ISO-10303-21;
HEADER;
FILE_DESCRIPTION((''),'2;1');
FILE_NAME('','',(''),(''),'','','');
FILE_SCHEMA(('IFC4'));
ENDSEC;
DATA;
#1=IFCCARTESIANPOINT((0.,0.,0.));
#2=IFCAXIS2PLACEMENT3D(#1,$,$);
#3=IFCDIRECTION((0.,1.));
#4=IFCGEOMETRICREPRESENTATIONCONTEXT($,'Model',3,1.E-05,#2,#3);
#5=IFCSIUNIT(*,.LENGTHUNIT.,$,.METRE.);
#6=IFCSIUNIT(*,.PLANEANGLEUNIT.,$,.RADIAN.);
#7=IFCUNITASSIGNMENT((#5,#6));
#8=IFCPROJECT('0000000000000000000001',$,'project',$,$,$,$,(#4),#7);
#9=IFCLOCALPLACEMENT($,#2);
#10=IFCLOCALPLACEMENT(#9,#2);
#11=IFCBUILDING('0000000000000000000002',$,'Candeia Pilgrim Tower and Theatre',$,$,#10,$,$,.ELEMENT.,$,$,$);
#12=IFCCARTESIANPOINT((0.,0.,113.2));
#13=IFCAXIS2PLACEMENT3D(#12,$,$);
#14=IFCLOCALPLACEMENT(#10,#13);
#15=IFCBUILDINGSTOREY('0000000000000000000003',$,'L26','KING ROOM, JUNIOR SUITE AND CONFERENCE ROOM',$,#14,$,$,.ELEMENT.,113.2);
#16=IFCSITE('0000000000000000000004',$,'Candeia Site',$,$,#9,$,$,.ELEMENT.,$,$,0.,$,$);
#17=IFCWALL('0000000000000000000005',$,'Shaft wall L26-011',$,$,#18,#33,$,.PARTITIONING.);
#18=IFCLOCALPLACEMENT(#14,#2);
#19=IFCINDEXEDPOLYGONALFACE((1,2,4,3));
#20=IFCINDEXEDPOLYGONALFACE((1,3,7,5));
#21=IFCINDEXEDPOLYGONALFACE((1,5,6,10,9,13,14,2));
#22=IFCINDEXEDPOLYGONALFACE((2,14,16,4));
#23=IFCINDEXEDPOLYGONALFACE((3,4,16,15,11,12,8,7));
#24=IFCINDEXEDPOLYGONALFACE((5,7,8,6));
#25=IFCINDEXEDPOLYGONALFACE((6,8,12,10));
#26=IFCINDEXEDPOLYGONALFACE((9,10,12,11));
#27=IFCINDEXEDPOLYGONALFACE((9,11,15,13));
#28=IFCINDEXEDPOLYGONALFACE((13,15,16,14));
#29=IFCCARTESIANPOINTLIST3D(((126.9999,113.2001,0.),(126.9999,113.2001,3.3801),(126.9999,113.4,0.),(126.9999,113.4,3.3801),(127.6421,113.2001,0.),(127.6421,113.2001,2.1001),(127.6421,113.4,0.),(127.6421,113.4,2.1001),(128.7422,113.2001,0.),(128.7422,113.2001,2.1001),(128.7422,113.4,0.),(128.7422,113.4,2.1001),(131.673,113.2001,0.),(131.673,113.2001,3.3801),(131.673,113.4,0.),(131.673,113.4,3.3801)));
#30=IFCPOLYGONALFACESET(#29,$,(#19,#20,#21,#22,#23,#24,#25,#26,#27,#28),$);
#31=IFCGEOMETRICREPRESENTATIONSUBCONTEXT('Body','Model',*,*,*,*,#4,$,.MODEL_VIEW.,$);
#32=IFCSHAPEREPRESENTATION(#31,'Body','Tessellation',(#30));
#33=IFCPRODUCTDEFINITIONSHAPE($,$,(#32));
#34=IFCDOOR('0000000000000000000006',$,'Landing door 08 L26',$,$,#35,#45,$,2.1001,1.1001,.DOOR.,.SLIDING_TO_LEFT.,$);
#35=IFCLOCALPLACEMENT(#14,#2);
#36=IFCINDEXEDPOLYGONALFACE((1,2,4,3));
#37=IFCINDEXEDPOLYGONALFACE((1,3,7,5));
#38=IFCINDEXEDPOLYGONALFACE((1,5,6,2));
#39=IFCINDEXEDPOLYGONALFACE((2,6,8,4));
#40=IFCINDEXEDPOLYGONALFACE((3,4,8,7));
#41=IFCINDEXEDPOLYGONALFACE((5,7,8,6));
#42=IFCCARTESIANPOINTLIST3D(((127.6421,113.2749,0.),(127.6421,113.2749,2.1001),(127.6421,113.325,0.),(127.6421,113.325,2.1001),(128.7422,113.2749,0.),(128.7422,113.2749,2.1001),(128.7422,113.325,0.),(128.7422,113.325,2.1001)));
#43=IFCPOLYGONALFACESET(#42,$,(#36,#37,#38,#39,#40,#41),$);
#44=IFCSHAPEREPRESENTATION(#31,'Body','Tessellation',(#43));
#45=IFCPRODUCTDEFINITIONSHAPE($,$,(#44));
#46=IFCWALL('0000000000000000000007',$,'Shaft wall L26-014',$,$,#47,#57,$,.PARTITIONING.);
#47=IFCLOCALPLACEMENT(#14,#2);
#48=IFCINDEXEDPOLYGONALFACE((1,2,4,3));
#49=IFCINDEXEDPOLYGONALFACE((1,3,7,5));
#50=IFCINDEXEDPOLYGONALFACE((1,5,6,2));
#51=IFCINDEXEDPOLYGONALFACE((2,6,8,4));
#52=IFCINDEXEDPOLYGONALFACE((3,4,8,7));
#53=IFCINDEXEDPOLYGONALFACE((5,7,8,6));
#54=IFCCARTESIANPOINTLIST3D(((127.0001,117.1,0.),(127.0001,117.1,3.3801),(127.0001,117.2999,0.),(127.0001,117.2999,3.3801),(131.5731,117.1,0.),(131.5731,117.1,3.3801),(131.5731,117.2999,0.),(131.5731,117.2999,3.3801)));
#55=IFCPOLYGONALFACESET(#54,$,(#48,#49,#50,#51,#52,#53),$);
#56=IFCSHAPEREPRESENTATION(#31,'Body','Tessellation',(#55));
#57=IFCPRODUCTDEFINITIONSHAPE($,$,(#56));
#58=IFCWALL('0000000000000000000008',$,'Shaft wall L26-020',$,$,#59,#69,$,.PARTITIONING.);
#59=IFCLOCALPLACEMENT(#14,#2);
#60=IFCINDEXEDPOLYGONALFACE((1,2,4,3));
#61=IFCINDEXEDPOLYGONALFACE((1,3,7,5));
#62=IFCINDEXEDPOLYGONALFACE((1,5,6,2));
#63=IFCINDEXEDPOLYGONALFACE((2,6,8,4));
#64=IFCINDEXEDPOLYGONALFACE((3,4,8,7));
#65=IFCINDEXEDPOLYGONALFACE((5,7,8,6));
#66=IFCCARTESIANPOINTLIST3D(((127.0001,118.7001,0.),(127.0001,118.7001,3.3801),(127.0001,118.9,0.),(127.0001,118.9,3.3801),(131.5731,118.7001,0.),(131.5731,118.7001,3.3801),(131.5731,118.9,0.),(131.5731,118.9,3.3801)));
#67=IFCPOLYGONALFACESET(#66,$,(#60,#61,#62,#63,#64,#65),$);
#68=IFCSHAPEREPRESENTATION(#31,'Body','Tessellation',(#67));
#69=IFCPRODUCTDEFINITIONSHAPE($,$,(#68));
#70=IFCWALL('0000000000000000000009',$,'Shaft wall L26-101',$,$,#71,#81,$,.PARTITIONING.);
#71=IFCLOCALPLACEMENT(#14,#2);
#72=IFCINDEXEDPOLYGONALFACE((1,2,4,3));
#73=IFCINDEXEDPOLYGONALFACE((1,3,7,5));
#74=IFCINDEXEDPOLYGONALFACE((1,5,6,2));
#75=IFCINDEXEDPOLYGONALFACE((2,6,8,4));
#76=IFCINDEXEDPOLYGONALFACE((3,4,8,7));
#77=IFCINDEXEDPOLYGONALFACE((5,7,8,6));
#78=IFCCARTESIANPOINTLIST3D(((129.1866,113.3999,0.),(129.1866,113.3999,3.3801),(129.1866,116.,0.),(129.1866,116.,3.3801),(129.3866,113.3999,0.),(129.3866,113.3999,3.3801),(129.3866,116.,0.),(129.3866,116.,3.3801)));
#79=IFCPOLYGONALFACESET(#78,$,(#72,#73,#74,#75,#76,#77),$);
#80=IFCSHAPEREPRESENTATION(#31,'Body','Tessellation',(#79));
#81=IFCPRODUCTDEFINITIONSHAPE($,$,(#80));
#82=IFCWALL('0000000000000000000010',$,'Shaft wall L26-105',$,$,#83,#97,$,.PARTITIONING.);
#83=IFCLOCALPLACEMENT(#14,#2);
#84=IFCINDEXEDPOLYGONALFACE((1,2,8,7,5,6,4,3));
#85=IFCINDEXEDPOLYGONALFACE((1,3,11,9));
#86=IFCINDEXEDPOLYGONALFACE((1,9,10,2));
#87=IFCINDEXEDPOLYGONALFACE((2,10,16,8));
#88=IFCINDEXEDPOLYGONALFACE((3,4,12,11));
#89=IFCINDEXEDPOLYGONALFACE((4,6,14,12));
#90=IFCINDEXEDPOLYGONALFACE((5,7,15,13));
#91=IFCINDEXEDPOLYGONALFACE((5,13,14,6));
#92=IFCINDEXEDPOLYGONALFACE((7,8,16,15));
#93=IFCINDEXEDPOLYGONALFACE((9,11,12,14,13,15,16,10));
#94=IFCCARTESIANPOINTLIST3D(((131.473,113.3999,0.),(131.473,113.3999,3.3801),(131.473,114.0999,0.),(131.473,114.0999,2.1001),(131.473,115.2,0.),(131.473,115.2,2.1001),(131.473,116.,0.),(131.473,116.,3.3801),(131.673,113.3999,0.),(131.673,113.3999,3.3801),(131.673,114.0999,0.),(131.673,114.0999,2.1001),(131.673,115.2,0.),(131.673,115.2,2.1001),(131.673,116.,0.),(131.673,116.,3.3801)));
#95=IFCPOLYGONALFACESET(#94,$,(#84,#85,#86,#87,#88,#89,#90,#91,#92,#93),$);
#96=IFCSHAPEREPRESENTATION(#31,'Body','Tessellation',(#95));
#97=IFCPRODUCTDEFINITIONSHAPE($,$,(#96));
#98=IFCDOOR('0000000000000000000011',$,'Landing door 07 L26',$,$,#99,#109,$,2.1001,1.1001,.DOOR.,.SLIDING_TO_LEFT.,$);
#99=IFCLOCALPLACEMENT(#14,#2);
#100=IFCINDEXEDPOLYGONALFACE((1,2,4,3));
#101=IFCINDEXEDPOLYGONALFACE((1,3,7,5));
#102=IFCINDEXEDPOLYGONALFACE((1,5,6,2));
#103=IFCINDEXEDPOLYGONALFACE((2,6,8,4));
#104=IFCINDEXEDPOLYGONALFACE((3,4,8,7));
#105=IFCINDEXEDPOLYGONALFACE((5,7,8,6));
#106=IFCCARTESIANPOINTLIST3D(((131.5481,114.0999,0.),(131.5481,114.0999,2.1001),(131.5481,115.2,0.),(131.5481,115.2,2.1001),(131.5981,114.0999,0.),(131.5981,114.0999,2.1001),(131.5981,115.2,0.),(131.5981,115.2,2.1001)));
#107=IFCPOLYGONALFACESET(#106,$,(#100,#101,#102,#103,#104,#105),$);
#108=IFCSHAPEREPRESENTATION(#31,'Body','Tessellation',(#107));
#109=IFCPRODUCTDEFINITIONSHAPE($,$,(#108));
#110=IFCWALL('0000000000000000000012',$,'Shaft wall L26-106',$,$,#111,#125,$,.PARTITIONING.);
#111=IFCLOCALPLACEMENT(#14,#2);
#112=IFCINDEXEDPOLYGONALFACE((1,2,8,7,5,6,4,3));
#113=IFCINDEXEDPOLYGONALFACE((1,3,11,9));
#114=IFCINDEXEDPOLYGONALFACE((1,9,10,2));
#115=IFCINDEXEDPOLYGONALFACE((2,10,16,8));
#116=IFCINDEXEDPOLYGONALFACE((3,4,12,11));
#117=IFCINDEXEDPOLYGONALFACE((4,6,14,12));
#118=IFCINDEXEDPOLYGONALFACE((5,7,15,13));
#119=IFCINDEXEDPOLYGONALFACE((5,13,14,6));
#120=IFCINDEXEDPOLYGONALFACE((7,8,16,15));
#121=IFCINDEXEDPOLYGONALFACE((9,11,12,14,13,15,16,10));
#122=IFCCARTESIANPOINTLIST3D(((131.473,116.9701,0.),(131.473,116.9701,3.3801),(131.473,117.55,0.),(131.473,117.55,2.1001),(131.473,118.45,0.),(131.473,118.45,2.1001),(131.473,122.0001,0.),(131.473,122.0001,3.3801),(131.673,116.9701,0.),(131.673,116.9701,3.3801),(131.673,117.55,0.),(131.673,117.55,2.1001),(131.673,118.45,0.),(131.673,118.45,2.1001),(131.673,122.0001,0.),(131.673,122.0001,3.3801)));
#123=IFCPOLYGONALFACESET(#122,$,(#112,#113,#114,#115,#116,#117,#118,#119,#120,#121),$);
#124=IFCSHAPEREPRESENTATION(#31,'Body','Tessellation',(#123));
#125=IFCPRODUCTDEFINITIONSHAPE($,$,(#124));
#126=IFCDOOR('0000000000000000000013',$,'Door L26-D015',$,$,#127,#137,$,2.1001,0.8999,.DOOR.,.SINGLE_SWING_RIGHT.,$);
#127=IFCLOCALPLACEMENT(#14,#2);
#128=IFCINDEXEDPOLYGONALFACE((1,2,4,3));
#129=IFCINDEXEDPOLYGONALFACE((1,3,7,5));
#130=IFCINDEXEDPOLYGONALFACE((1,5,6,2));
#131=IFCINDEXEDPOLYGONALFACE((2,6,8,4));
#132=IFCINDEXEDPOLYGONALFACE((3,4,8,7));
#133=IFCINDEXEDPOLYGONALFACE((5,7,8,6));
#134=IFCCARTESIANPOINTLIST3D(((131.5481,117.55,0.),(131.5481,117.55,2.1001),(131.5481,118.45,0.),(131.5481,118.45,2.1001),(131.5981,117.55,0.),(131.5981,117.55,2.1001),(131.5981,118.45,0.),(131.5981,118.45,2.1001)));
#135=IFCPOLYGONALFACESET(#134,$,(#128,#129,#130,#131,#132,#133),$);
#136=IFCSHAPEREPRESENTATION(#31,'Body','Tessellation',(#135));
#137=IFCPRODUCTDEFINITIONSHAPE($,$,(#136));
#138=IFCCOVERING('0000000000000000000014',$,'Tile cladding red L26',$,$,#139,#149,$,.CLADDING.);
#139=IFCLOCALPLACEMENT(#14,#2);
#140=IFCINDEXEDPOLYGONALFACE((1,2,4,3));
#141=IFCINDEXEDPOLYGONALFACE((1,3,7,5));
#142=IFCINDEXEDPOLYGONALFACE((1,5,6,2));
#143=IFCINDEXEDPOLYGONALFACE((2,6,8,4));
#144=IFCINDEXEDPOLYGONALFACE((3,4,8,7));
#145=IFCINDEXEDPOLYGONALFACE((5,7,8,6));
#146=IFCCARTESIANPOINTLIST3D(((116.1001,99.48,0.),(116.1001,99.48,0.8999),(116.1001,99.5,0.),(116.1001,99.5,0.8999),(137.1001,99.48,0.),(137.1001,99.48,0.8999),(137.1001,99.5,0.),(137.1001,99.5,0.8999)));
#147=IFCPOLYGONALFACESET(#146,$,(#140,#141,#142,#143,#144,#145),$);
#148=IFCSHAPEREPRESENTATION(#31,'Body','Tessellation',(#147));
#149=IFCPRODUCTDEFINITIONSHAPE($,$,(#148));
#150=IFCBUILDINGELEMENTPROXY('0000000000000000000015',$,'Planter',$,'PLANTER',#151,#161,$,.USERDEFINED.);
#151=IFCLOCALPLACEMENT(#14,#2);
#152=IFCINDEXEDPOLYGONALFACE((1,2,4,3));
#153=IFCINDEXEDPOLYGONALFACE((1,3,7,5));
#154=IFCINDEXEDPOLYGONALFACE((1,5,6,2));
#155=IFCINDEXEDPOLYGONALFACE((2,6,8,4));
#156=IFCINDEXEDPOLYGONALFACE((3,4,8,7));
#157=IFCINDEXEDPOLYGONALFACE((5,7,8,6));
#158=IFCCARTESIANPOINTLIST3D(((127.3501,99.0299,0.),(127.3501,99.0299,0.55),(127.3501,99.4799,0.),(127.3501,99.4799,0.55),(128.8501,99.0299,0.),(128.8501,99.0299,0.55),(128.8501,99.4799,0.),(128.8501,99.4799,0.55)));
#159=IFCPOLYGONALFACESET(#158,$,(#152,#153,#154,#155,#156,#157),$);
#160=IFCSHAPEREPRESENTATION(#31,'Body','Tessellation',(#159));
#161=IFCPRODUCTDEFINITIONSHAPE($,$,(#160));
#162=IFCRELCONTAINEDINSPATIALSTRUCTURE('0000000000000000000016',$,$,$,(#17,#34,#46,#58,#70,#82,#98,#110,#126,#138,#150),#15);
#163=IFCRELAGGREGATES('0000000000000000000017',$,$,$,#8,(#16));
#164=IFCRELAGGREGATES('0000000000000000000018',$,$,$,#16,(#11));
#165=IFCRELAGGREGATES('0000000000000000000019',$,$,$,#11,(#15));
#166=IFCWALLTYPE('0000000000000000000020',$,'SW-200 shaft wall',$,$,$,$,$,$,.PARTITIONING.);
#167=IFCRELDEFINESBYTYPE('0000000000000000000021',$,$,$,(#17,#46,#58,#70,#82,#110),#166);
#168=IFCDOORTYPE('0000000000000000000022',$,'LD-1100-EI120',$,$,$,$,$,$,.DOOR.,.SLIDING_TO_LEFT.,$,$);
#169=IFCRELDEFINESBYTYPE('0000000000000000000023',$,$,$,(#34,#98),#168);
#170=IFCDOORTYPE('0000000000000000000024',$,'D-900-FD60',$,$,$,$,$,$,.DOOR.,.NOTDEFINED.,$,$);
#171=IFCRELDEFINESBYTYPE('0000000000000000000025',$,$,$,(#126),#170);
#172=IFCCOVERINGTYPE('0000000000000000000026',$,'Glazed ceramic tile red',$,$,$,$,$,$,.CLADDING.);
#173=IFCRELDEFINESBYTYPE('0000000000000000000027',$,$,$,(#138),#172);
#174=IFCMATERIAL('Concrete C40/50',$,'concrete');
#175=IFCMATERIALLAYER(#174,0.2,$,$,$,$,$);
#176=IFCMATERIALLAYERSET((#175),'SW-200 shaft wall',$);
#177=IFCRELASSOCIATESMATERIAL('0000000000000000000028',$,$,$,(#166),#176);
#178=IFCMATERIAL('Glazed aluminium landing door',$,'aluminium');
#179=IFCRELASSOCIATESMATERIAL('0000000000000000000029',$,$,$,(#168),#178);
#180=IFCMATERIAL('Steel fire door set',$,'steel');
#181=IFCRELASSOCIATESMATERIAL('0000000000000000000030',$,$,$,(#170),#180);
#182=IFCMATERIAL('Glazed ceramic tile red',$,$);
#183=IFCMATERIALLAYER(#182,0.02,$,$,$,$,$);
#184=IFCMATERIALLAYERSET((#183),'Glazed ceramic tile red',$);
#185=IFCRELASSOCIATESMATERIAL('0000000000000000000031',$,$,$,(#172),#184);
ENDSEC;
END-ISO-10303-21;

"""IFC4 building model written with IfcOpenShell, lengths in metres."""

from ifc_helpers import new_model, si_unit, direction, frame, frame_2d, origin, origin_2d, place, context, subcontext, project, spatial, rectangle, extrude, material, layer, layer_set, type_object, element, fill, save


model = new_model("IFC4")

# Units and contexts
model_context = context("Model", 3, precision=1e-05, world=origin(), true_north=direction((0.0, 1.0)))
body_context = subcontext(model_context, "Body", "Model", "MODEL_VIEW")
ifc_project = project(units=[si_unit("LENGTHUNIT", "METRE"), si_unit("PLANEANGLEUNIT", "RADIAN")], contexts=[model_context])

# Site, building, storey
site_placement = place(None, origin())
site = spatial("IfcSite", under=ifc_project, at=site_placement, Name="Candeia Site", CompositionType="ELEMENT", RefElevation=0.0)
building_placement = place(site_placement, origin())
building = spatial("IfcBuilding", under=site, at=building_placement, Name="Candeia Pilgrim Tower and Theatre", CompositionType="ELEMENT")
storey_placement = place(building_placement, frame((0.0, 0.0, 113.2)))
storey = spatial("IfcBuildingStorey", under=building, at=storey_placement, Name="L26", Description="KING ROOM, JUNIOR SUITE AND CONFERENCE ROOM", CompositionType="ELEMENT", Elevation=113.2)

# Shared definitions
ifc_material_1 = material(Name="Steel fire door set", Category="steel")

# Wall, opening, door
ifc_material_2 = material(Name="Concrete C40/50", Category="concrete")
ifc_layer_1 = layer(ifc_material_2, 0.2)
ifc_layer_set_1 = layer_set([ifc_layer_1], Name="SW-200 shaft wall")
wall_type_1 = type_object("IfcWallType", Name="SW-200 shaft wall", PredefinedType="PARTITIONING", material=ifc_layer_set_1)
wall_1_placement = place(storey_placement, frame((127.0, 113.3, 0.0), z_axis=(0.0, 0.0, 1.0), x_axis=(1.0, 0.0, 0.0)))
wall_1 = element("IfcWall", 1, at=wall_1_placement, inside=storey, type_object=wall_type_1, Name="Shaft wall L26-011", PredefinedType="PARTITIONING", context=body_context, shape_type="SweptSolid", body=[
    extrude(rectangle(XDim=4.6731, YDim=0.2, at=frame_2d((2.3364, 0.0))), origin(), (0.0, 0.0, 1.0), 3.3801),
])
opening_1_placement = place(wall_1_placement, frame((0.6421, 0.0, 0.0)))
opening_1 = element("IfcOpeningElement", 2, at=opening_1_placement, cuts=wall_1, PredefinedType="OPENING", context=body_context, shape_type="SweptSolid", body=[
    extrude(rectangle(XDim=1.1001, YDim=2.1001, at=frame_2d((0.55, 1.05))), frame((0.0, 0.1099, 0.0), z_axis=(0.0, -1.0, 0.0), x_axis=(1.0, 0.0, 0.0)), (0.0, 0.0, 1.0), 0.22),
])
ifc_material_3 = material(Name="Glazed aluminium landing door", Category="aluminium")
door_type_1 = type_object("IfcDoorType", Name="LD-1100-EI120", OperationType="SLIDING_TO_LEFT", PredefinedType="DOOR", material=ifc_material_3)
door_1_placement = place(opening_1_placement, origin())
door_1 = element("IfcDoor", 3, at=door_1_placement, inside=storey, type_object=door_type_1, Name="Landing door 08 L26", OperationType="SLIDING_TO_LEFT", OverallHeight=2.1001, OverallWidth=1.1001, PredefinedType="DOOR", context=body_context, shape_type="SweptSolid", body=[
    extrude(rectangle(XDim=1.1001, YDim=2.1001, at=frame_2d((0.55, 1.05))), frame((0.0, 0.0249, 0.0), z_axis=(0.0, -1.0, 0.0), x_axis=(1.0, 0.0, 0.0)), (0.0, 0.0, 1.0), 0.05),
])
fill(opening_1, door_1)

# Walls
for number, where, z_axis, x_axis, name in (
    (4, (127.0, 117.2, 0.0), (0.0, 0.0, 1.0), (1.0, 0.0, 0.0), "Shaft wall L26-014"),
    (5, (127.0, 118.8, 0.0), (0.0, 0.0, 1.0), (1.0, 0.0, 0.0), "Shaft wall L26-020"),
):
    element("IfcWall", number, at=place(storey_placement, frame(where, z_axis=z_axis, x_axis=x_axis)), inside=storey, type_object=wall_type_1, Name=name, PredefinedType="PARTITIONING", context=body_context, shape_type="SweptSolid", body=[
        extrude(rectangle(XDim=4.573, YDim=0.2, at=frame_2d((2.2866, 0.0))), origin(), (0.0, 0.0, 1.0), 3.3801),
    ])
wall_2_placement = place(storey_placement, frame((129.2866, 113.3999, 0.0), z_axis=(0.0, 0.0, 1.0), x_axis=(0.0, 1.0, 0.0)))
element("IfcWall", 6, at=wall_2_placement, inside=storey, type_object=wall_type_1, Name="Shaft wall L26-101", PredefinedType="PARTITIONING", context=body_context, shape_type="SweptSolid", body=[
    extrude(rectangle(XDim=2.6001, YDim=0.2, at=frame_2d((1.3, 0.0))), origin(), (0.0, 0.0, 1.0), 3.3801),
])

# Walls, openings, doors
wall_3_placement = place(storey_placement, frame((131.573, 113.3999, 0.0), z_axis=(0.0, 0.0, 1.0), x_axis=(0.0, 1.0, 0.0)))
wall_3 = element("IfcWall", 7, at=wall_3_placement, inside=storey, type_object=wall_type_1, Name="Shaft wall L26-105", PredefinedType="PARTITIONING", context=body_context, shape_type="SweptSolid", body=[
    extrude(rectangle(XDim=2.6001, YDim=0.2, at=frame_2d((1.3, 0.0))), origin(), (0.0, 0.0, 1.0), 3.3801),
])
opening_2_placement = place(wall_3_placement, frame((0.7, 0.0, 0.0)))
opening_2 = element("IfcOpeningElement", 8, at=opening_2_placement, cuts=wall_3, PredefinedType="OPENING", context=body_context, shape_type="SweptSolid", body=[
    extrude(rectangle(XDim=1.1001, YDim=2.1001, at=frame_2d((0.55, 1.05))), frame((0.0, 0.1099, 0.0), z_axis=(0.0, -1.0, 0.0), x_axis=(1.0, 0.0, 0.0)), (0.0, 0.0, 1.0), 0.22),
])
door_2_placement = place(opening_2_placement, origin())
door_2 = element("IfcDoor", 9, at=door_2_placement, inside=storey, type_object=door_type_1, Name="Landing door 07 L26", OperationType="SLIDING_TO_LEFT", OverallHeight=2.1001, OverallWidth=1.1001, PredefinedType="DOOR", context=body_context, shape_type="SweptSolid", body=[
    extrude(rectangle(XDim=1.1001, YDim=2.1001, at=frame_2d((0.55, 1.05))), frame((0.0, 0.0249, 0.0), z_axis=(0.0, -1.0, 0.0), x_axis=(1.0, 0.0, 0.0)), (0.0, 0.0, 1.0), 0.05),
])
fill(opening_2, door_2)
wall_4_placement = place(storey_placement, frame((131.573, 116.97, 0.0), z_axis=(0.0, 0.0, 1.0), x_axis=(0.0, 1.0, 0.0)))
wall_4 = element("IfcWall", 10, at=wall_4_placement, inside=storey, type_object=wall_type_1, Name="Shaft wall L26-106", PredefinedType="PARTITIONING", context=body_context, shape_type="SweptSolid", body=[
    extrude(rectangle(XDim=5.03, YDim=0.2, at=frame_2d((2.5151, 0.0))), origin(), (0.0, 0.0, 1.0), 3.3801),
])
opening_3_placement = place(wall_4_placement, frame((0.5801, 0.0, 0.0)))
opening_3 = element("IfcOpeningElement", 11, at=opening_3_placement, cuts=wall_4, PredefinedType="OPENING", context=body_context, shape_type="SweptSolid", body=[
    extrude(rectangle(XDim=0.8999, YDim=2.1001, at=frame_2d((0.45, 1.05))), frame((0.0, 0.1099, 0.0), z_axis=(0.0, -1.0, 0.0), x_axis=(1.0, 0.0, 0.0)), (0.0, 0.0, 1.0), 0.22),
])
door_type_2 = type_object("IfcDoorType", Name="D-900-FD60", OperationType="NOTDEFINED", PredefinedType="DOOR", material=ifc_material_1)
door_3_placement = place(opening_3_placement, origin())
door_3 = element("IfcDoor", 12, at=door_3_placement, inside=storey, type_object=door_type_2, Name="Door L26-D015", OperationType="SINGLE_SWING_RIGHT", OverallHeight=2.1001, OverallWidth=0.8999, PredefinedType="DOOR", context=body_context, shape_type="SweptSolid", body=[
    extrude(rectangle(XDim=0.8999, YDim=2.1001, at=frame_2d((0.45, 1.05))), frame((0.0, 0.0249, 0.0), z_axis=(0.0, -1.0, 0.0), x_axis=(1.0, 0.0, 0.0)), (0.0, 0.0, 1.0), 0.05),
])
fill(opening_3, door_3)

# Covering
ifc_material_4 = material(Name="Glazed ceramic tile red")
ifc_layer_2 = layer(ifc_material_4, 0.02)
ifc_layer_set_2 = layer_set([ifc_layer_2], Name="Glazed ceramic tile red")
covering_type = type_object("IfcCoveringType", Name="Glazed ceramic tile red", PredefinedType="CLADDING", material=ifc_layer_set_2)
covering_placement = place(storey_placement, frame((126.6001, 99.49, 0.0), z_axis=(0.0, 0.0, 1.0), x_axis=(1.0, 0.0, 0.0)))
element("IfcCovering", 13, at=covering_placement, inside=storey, type_object=covering_type, Name="Tile cladding red L26", PredefinedType="CLADDING", context=body_context, shape_type="SweptSolid", body=[
    extrude(rectangle(XDim=21.0, YDim=0.02, at=origin_2d()), origin(), (0.0, 0.0, 1.0), 0.8999),
])

# Building element proxy
proxy_placement = place(storey_placement, frame((128.1001, 99.2549, 0.0), z_axis=(0.0, 0.0, 1.0), x_axis=(1.0, 0.0, 0.0)))
element("IfcBuildingElementProxy", 14, at=proxy_placement, inside=storey, Name="Planter", ObjectType="PLANTER", PredefinedType="USERDEFINED", context=body_context, shape_type="SweptSolid", body=[
    extrude(rectangle(XDim=1.5, YDim=0.45, at=origin_2d()), origin(), (0.0, 0.0, 1.0), 0.55),
])

save(model, "model.ifc")
